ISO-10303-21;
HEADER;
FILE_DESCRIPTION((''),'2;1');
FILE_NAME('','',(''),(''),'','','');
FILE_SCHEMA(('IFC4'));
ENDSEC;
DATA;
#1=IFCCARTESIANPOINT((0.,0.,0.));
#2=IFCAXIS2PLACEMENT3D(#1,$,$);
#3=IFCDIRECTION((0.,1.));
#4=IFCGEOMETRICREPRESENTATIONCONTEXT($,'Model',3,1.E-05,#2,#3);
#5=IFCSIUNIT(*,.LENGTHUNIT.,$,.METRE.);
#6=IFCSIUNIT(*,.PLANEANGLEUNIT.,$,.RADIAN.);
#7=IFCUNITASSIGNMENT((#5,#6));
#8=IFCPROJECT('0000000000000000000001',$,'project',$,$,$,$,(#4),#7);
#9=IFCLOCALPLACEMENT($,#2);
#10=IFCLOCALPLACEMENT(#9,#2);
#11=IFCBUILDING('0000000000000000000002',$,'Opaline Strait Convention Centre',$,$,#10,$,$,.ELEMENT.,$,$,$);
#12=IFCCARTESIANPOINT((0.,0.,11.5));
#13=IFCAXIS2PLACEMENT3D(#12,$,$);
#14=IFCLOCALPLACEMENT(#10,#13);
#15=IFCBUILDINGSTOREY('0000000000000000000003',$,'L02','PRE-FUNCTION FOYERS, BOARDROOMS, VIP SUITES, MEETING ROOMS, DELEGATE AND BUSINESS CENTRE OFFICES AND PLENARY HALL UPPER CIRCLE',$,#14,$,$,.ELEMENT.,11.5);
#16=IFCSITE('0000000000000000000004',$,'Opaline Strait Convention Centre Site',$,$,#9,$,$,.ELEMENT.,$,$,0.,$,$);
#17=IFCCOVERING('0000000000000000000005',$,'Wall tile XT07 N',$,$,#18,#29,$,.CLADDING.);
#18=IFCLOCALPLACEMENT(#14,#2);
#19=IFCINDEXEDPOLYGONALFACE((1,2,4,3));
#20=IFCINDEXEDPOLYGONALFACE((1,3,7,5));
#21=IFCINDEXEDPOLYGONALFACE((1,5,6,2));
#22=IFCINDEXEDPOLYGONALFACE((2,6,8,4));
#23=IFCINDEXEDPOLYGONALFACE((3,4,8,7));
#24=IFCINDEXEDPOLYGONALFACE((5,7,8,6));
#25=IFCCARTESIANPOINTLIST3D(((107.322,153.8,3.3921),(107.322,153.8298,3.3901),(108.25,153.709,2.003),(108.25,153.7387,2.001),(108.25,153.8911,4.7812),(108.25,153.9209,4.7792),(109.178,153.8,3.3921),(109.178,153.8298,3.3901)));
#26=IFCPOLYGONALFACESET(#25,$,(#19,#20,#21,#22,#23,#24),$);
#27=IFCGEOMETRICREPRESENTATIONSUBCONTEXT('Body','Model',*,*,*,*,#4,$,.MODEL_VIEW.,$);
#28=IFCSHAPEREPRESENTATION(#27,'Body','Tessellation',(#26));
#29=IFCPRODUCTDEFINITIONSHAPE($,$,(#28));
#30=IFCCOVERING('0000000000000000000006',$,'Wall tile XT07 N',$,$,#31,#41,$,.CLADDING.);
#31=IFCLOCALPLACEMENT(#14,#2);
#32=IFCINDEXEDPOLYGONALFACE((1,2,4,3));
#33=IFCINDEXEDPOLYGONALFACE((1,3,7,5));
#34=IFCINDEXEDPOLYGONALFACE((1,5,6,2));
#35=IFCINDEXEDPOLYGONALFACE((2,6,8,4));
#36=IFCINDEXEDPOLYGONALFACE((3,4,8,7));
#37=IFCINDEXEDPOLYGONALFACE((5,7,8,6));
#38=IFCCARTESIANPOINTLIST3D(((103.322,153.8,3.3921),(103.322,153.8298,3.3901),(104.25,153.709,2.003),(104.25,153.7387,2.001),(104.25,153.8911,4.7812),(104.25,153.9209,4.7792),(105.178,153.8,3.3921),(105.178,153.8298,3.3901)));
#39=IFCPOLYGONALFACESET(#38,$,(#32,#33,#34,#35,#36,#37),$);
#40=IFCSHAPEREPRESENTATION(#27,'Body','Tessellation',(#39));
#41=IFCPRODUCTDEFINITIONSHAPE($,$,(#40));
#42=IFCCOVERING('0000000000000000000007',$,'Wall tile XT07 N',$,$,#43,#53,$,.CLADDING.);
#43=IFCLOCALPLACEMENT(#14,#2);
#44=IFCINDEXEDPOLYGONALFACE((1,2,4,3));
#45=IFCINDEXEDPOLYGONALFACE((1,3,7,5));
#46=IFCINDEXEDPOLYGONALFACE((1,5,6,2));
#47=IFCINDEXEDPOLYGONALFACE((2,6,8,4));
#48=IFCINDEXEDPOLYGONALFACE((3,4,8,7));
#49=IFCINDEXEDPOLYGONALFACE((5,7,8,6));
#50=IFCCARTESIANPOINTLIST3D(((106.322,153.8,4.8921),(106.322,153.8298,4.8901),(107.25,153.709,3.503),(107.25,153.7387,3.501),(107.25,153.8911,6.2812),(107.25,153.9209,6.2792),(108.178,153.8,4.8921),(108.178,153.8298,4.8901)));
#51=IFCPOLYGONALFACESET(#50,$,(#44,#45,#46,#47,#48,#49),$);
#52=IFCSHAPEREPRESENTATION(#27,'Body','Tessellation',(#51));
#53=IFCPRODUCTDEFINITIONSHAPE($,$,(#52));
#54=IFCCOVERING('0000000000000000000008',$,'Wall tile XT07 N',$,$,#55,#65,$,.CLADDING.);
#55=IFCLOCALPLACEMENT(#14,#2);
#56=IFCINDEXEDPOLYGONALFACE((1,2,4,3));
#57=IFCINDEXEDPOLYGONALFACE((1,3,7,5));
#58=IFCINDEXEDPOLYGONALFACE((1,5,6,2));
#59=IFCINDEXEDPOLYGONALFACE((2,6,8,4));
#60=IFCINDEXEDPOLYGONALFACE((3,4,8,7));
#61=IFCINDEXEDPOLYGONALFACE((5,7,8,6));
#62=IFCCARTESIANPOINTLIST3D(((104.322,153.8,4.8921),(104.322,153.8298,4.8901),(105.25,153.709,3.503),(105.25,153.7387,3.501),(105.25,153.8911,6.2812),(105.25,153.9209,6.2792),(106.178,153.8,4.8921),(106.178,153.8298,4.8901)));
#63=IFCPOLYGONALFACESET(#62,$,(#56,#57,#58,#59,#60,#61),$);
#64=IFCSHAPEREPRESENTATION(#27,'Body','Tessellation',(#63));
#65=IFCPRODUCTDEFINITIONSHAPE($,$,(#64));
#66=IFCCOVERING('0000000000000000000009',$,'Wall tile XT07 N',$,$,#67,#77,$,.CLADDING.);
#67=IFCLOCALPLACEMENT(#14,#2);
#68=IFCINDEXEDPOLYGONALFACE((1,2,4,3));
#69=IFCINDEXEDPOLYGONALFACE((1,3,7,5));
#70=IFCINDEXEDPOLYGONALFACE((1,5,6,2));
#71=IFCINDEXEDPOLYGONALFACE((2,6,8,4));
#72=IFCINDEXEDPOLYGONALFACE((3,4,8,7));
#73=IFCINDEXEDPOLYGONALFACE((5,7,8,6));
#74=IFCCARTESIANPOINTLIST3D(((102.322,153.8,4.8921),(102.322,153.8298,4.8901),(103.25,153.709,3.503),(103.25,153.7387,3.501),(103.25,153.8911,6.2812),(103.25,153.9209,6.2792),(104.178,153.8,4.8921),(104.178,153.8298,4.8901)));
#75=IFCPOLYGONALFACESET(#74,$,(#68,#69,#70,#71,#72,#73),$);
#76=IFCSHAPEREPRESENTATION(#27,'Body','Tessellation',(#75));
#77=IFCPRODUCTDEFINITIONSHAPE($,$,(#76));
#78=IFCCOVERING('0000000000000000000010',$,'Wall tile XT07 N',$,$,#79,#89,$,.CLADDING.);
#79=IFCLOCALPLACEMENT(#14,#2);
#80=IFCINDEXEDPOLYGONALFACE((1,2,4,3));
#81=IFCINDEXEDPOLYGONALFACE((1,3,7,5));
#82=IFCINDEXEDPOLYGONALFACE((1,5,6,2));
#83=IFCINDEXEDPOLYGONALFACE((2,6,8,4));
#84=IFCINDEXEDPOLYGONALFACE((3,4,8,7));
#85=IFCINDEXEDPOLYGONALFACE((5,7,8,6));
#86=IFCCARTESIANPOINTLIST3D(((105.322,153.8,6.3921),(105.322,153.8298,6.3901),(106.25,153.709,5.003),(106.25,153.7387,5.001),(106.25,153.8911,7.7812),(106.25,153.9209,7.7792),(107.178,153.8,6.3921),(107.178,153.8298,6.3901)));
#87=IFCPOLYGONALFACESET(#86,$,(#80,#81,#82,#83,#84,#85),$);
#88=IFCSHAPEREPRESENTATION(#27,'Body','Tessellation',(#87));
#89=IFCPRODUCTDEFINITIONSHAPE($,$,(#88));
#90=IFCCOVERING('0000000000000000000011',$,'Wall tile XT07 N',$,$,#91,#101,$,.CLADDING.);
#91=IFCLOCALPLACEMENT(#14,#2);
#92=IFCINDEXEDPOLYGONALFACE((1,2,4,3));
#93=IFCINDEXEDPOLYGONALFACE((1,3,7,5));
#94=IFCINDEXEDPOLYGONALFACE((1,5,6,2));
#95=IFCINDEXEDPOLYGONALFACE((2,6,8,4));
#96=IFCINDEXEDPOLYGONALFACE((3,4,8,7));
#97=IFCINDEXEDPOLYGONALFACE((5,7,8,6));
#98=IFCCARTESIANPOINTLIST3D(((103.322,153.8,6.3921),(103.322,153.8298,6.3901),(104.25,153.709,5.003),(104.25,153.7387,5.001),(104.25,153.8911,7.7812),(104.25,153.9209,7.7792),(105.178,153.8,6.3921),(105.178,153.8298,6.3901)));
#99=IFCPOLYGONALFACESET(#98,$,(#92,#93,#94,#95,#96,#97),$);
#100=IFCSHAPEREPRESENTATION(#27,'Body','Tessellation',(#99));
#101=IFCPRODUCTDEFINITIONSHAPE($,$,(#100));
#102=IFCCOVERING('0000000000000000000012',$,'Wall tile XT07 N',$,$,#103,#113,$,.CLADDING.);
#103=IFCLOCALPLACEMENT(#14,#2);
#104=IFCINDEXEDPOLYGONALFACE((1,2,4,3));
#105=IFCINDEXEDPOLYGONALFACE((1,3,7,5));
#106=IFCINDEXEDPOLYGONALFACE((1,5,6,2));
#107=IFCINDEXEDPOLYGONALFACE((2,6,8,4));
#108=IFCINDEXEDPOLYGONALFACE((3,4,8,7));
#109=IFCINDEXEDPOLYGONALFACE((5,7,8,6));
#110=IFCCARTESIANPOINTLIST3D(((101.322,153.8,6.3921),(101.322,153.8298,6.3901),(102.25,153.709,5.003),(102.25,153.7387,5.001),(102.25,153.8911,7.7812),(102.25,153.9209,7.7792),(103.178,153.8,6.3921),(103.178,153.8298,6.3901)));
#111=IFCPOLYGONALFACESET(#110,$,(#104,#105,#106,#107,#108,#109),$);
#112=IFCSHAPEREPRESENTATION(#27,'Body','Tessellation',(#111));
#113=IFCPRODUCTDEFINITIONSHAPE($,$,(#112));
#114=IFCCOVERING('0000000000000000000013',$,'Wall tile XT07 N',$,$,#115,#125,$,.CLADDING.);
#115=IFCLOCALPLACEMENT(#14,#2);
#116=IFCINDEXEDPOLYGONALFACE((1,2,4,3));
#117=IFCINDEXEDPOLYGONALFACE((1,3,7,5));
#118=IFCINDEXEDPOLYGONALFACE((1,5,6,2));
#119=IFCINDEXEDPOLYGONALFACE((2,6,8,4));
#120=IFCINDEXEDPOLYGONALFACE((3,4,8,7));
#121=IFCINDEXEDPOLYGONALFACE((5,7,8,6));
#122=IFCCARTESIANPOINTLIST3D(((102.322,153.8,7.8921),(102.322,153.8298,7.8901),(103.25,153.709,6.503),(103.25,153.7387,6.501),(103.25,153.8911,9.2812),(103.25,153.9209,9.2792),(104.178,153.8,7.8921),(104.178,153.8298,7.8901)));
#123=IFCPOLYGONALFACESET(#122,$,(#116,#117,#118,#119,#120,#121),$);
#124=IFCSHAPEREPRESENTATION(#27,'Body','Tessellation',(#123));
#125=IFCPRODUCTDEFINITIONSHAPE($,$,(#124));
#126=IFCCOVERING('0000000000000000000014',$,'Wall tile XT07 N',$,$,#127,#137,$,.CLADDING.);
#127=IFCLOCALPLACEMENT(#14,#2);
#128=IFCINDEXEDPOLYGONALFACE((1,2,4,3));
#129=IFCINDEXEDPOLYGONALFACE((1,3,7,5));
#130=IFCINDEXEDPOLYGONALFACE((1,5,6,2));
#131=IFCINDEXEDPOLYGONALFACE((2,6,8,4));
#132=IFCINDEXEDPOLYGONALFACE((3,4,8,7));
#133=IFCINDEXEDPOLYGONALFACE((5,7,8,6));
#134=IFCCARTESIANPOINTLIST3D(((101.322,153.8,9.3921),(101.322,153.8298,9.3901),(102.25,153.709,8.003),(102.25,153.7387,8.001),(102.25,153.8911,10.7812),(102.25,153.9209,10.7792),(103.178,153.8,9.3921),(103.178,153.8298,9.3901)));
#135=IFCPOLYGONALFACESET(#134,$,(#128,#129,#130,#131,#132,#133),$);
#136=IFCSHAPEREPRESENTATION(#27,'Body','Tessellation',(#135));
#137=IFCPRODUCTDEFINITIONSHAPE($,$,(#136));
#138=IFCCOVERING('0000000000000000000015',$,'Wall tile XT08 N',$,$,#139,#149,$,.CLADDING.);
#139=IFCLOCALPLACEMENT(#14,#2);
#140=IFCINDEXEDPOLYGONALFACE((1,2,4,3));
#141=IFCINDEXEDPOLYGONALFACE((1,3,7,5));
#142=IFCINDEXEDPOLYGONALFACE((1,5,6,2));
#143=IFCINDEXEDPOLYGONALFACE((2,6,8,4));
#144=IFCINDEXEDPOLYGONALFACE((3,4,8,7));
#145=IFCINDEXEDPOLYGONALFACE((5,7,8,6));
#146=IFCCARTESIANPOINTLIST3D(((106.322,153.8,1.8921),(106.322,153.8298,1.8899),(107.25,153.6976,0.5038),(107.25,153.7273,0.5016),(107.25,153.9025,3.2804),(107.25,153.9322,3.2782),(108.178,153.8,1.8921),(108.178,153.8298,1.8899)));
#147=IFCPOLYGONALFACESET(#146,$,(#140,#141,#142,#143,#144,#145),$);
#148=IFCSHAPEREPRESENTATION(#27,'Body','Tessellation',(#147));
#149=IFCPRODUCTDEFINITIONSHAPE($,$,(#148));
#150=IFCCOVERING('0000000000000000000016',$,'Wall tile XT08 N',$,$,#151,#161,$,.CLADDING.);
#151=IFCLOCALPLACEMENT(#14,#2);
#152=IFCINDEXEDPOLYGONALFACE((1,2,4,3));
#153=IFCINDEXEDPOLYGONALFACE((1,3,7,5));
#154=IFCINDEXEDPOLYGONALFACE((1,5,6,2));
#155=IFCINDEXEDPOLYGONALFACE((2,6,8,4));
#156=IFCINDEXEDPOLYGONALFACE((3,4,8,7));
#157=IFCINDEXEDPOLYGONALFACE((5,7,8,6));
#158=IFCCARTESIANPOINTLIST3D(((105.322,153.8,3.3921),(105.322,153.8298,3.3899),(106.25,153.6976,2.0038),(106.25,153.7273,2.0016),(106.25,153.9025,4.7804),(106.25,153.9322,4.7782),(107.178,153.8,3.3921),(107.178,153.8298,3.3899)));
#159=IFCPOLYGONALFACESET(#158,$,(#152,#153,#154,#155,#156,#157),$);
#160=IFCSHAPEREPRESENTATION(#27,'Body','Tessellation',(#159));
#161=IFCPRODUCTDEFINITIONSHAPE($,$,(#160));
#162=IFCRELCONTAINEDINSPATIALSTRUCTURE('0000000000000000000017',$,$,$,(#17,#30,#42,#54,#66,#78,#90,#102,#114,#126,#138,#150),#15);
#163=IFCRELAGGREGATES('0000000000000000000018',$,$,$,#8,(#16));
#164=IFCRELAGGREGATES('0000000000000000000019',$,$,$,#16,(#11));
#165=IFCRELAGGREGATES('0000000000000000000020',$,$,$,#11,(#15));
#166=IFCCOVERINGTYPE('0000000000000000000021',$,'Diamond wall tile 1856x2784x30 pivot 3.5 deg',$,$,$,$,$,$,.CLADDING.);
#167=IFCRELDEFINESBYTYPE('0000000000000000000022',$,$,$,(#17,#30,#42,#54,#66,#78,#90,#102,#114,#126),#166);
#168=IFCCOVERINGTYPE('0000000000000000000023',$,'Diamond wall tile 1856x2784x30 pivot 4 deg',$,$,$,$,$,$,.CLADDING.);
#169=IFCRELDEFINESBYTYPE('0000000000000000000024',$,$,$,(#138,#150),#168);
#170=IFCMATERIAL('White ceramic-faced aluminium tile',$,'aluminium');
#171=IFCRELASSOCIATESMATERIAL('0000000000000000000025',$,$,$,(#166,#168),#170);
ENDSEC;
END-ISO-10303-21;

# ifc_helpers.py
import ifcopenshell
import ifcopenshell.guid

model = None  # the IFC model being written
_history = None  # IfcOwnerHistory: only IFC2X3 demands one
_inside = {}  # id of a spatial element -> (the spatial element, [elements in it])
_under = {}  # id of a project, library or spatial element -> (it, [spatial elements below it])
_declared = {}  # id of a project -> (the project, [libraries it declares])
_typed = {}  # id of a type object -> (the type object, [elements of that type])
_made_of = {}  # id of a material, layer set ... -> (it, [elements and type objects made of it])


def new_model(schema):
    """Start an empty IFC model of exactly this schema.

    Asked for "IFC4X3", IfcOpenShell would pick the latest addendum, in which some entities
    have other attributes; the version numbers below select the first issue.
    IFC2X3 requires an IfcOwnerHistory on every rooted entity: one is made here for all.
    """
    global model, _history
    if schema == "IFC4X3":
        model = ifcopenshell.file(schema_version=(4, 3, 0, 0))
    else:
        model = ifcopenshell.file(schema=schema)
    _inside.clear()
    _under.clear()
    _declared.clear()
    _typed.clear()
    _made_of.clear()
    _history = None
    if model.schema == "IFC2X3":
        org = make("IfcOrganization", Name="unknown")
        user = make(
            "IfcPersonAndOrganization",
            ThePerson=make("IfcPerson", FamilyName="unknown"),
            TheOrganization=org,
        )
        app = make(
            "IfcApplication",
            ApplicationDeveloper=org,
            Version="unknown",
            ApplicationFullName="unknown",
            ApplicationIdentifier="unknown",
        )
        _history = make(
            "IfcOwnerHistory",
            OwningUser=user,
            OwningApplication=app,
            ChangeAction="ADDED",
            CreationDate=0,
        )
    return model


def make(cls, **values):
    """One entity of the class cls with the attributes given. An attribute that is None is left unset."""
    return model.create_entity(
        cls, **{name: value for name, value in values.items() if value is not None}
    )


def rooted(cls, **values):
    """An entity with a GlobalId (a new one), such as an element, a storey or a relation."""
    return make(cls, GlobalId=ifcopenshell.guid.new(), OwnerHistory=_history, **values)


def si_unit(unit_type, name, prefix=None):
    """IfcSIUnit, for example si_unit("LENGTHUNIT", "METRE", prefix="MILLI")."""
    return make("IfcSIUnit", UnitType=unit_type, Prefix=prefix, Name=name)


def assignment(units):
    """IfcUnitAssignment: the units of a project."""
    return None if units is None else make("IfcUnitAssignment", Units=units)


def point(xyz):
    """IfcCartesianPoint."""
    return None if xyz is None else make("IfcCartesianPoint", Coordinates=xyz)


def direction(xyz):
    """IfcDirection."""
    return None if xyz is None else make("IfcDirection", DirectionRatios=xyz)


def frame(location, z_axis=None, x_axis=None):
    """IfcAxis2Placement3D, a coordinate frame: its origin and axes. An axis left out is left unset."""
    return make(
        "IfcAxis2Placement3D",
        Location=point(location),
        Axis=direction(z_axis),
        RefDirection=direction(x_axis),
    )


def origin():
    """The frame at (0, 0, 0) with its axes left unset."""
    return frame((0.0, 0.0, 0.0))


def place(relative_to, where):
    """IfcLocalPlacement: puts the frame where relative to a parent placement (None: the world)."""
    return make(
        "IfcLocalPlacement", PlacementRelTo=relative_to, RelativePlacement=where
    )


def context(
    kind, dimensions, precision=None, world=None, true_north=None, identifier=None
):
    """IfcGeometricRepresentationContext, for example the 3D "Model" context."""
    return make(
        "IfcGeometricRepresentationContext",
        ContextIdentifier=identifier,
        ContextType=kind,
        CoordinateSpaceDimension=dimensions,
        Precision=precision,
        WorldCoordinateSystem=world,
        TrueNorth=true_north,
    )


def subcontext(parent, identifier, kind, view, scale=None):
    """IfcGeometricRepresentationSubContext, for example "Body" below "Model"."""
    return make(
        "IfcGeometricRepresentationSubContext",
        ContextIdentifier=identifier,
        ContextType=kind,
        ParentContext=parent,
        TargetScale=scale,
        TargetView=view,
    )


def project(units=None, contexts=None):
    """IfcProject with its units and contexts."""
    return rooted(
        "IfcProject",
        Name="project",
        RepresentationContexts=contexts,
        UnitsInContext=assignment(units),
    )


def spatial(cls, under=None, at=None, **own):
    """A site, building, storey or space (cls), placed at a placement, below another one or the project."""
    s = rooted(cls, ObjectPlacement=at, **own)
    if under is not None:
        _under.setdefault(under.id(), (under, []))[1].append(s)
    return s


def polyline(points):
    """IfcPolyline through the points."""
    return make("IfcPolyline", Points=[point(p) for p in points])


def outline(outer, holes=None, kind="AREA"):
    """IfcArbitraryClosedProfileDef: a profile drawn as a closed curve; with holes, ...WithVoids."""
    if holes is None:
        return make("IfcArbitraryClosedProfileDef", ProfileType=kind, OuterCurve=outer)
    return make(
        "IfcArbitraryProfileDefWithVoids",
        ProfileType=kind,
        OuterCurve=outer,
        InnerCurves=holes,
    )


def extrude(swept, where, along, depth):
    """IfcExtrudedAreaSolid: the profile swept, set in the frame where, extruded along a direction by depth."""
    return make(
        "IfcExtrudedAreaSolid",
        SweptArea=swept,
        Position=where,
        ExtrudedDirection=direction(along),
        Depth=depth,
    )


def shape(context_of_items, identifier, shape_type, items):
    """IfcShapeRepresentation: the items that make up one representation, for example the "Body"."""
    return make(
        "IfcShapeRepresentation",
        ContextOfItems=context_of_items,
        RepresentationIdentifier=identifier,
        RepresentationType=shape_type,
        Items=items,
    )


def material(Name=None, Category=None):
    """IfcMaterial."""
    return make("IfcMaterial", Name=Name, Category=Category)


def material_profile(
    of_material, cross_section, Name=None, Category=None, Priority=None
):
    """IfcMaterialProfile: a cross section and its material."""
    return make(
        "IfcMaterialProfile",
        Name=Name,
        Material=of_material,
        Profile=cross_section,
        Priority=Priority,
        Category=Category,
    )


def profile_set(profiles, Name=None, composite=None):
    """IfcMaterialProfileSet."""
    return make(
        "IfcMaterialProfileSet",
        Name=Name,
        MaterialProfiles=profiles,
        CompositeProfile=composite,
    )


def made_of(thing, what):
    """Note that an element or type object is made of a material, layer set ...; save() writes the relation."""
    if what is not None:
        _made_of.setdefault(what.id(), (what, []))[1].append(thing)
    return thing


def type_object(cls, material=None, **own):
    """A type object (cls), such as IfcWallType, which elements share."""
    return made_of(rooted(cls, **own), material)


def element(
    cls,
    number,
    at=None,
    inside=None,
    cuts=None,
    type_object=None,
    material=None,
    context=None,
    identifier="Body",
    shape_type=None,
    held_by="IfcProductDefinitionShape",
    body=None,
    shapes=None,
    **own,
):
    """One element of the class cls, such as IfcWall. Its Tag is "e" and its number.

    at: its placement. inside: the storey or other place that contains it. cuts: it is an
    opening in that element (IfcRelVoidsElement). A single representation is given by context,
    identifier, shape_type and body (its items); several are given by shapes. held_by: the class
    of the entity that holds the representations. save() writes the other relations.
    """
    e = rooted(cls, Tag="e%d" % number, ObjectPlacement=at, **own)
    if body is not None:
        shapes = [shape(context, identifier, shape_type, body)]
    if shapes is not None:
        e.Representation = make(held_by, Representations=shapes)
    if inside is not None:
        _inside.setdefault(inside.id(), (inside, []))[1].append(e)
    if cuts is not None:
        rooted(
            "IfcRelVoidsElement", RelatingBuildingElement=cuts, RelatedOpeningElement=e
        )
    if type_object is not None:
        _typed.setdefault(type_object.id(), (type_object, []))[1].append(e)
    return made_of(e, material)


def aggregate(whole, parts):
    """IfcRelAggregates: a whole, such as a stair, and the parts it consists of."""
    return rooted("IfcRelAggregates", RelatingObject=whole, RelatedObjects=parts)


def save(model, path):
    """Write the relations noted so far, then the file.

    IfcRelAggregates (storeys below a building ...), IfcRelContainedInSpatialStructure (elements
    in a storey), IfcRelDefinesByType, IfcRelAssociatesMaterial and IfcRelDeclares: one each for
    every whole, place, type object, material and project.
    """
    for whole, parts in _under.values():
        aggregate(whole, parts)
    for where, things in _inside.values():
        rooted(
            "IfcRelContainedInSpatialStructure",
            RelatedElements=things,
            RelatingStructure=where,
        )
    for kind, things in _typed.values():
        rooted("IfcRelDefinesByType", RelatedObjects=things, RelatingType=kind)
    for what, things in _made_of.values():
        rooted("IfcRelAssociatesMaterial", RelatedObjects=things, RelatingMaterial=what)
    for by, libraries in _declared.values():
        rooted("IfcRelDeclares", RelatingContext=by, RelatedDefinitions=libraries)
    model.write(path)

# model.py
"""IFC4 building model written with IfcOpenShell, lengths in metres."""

from ifc_helpers import new_model, si_unit, direction, frame, origin, place, context, subcontext, project, spatial, polyline, outline, extrude, material, material_profile, profile_set, type_object, element, save


model = new_model("IFC4")

# Units and contexts
model_context = context("Model", 3, precision=1e-05, world=origin(), true_north=direction((0.0, 1.0)))
body_context = subcontext(model_context, "Body", "Model", "MODEL_VIEW")
ifc_project = project(units=[si_unit("LENGTHUNIT", "METRE"), si_unit("PLANEANGLEUNIT", "RADIAN")], contexts=[model_context])

# Site, building, storey
site_placement = place(None, origin())
site = spatial("IfcSite", under=ifc_project, at=site_placement, Name="Opaline Strait Convention Centre Site", CompositionType="ELEMENT", RefElevation=0.0)
building_placement = place(site_placement, origin())
building = spatial("IfcBuilding", under=site, at=building_placement, Name="Opaline Strait Convention Centre", CompositionType="ELEMENT")
storey_placement = place(building_placement, frame((0.0, 0.0, 11.5)))
storey = spatial("IfcBuildingStorey", under=building, at=storey_placement, Name="L02", Description="PRE-FUNCTION FOYERS, BOARDROOMS, VIP SUITES, MEETING ROOMS, DELEGATE AND BUSINESS CENTRE OFFICES AND PLENARY HALL UPPER CIRCLE", CompositionType="ELEMENT", Elevation=11.5)

# Coverings
ifc_material_1 = material(Name="White ceramic-faced aluminium tile", Category="aluminium")
ifc_material_profile_1 = material_profile(ifc_material_1, outline(polyline([(0.928, 0.0), (0.0, 1.3921), (-0.928, 0.0), (0.0, -1.3921), (0.928, 0.0)])), Name="Diamond tile 1856x2784")
ifc_profile_set_1 = profile_set([ifc_material_profile_1], Name="White ceramic-faced aluminium tile")
covering_type_1 = type_object("IfcCoveringType", Name="Diamond wall tile 1856x2784x30 pivot 3.5 deg", PredefinedType="CLADDING", material=ifc_profile_set_1)
for number, where, z_axis, x_axis, name in (
    (1, (108.25, 153.8, 3.3921), (0.0, 0.997857, -0.065433), (-1.0, 0.0, 0.0), "Wall tile XT07 N"),
    (2, (104.25, 153.8, 3.3921), (0.0, 0.997857, -0.065433), (-1.0, 0.0, 0.0), "Wall tile XT07 N"),
    (3, (107.25, 153.8, 4.8921), (0.0, 0.997857, -0.065433), (-1.0, 0.0, 0.0), "Wall tile XT07 N"),
    (4, (105.25, 153.8, 4.8921), (0.0, 0.997857, -0.065433), (-1.0, 0.0, 0.0), "Wall tile XT07 N"),
    (5, (103.25, 153.8, 4.8921), (0.0, 0.997857, -0.065433), (-1.0, 0.0, 0.0), "Wall tile XT07 N"),
    (6, (106.25, 153.8, 6.3921), (0.0, 0.997857, -0.065433), (-1.0, 0.0, 0.0), "Wall tile XT07 N"),
    (7, (104.25, 153.8, 6.3921), (0.0, 0.997857, -0.065433), (-1.0, 0.0, 0.0), "Wall tile XT07 N"),
    (8, (102.25, 153.8, 6.3921), (0.0, 0.997857, -0.065433), (-1.0, 0.0, 0.0), "Wall tile XT07 N"),
    (9, (103.25, 153.8, 7.8921), (0.0, 0.997857, -0.065433), (-1.0, 0.0, 0.0), "Wall tile XT07 N"),
    (10, (102.25, 153.8, 9.3921), (0.0, 0.997857, -0.065433), (-1.0, 0.0, 0.0), "Wall tile XT07 N"),
):
    element("IfcCovering", number, at=place(storey_placement, frame(where, z_axis=z_axis, x_axis=x_axis)), inside=storey, type_object=covering_type_1, Name=name, PredefinedType="CLADDING", context=body_context, shape_type="SweptSolid", body=[
        extrude(outline(polyline([(0.928, 0.0), (0.0, 1.3921), (-0.928, 0.0), (0.0, -1.3921), (0.928, 0.0)])), origin(), (0.0, 0.0, 1.0), 0.0298),
    ])
ifc_material_profile_2 = material_profile(ifc_material_1, outline(polyline([(0.928, 0.0), (0.0, 1.3921), (-0.928, 0.0), (0.0, -1.3921), (0.928, 0.0)])), Name="Diamond tile 1856x2784")
ifc_profile_set_2 = profile_set([ifc_material_profile_2], Name="White ceramic-faced aluminium tile")
covering_type_2 = type_object("IfcCoveringType", Name="Diamond wall tile 1856x2784x30 pivot 4 deg", PredefinedType="CLADDING", material=ifc_profile_set_2)
for number, where, z_axis, x_axis, name in (
    (11, (107.25, 153.8, 1.8921), (0.0, 0.99729, -0.073571), (-1.0, 0.0, 0.0), "Wall tile XT08 N"),
    (12, (106.25, 153.8, 3.3921), (0.0, 0.99729, -0.073571), (-1.0, 0.0, 0.0), "Wall tile XT08 N"),
):
    element("IfcCovering", number, at=place(storey_placement, frame(where, z_axis=z_axis, x_axis=x_axis)), inside=storey, type_object=covering_type_2, Name=name, PredefinedType="CLADDING", context=body_context, shape_type="SweptSolid", body=[
        extrude(outline(polyline([(0.928, 0.0), (0.0, 1.3921), (-0.928, 0.0), (0.0, -1.3921), (0.928, 0.0)])), origin(), (0.0, 0.0, 1.0), 0.0298),
    ])

save(model, "model.ifc")
